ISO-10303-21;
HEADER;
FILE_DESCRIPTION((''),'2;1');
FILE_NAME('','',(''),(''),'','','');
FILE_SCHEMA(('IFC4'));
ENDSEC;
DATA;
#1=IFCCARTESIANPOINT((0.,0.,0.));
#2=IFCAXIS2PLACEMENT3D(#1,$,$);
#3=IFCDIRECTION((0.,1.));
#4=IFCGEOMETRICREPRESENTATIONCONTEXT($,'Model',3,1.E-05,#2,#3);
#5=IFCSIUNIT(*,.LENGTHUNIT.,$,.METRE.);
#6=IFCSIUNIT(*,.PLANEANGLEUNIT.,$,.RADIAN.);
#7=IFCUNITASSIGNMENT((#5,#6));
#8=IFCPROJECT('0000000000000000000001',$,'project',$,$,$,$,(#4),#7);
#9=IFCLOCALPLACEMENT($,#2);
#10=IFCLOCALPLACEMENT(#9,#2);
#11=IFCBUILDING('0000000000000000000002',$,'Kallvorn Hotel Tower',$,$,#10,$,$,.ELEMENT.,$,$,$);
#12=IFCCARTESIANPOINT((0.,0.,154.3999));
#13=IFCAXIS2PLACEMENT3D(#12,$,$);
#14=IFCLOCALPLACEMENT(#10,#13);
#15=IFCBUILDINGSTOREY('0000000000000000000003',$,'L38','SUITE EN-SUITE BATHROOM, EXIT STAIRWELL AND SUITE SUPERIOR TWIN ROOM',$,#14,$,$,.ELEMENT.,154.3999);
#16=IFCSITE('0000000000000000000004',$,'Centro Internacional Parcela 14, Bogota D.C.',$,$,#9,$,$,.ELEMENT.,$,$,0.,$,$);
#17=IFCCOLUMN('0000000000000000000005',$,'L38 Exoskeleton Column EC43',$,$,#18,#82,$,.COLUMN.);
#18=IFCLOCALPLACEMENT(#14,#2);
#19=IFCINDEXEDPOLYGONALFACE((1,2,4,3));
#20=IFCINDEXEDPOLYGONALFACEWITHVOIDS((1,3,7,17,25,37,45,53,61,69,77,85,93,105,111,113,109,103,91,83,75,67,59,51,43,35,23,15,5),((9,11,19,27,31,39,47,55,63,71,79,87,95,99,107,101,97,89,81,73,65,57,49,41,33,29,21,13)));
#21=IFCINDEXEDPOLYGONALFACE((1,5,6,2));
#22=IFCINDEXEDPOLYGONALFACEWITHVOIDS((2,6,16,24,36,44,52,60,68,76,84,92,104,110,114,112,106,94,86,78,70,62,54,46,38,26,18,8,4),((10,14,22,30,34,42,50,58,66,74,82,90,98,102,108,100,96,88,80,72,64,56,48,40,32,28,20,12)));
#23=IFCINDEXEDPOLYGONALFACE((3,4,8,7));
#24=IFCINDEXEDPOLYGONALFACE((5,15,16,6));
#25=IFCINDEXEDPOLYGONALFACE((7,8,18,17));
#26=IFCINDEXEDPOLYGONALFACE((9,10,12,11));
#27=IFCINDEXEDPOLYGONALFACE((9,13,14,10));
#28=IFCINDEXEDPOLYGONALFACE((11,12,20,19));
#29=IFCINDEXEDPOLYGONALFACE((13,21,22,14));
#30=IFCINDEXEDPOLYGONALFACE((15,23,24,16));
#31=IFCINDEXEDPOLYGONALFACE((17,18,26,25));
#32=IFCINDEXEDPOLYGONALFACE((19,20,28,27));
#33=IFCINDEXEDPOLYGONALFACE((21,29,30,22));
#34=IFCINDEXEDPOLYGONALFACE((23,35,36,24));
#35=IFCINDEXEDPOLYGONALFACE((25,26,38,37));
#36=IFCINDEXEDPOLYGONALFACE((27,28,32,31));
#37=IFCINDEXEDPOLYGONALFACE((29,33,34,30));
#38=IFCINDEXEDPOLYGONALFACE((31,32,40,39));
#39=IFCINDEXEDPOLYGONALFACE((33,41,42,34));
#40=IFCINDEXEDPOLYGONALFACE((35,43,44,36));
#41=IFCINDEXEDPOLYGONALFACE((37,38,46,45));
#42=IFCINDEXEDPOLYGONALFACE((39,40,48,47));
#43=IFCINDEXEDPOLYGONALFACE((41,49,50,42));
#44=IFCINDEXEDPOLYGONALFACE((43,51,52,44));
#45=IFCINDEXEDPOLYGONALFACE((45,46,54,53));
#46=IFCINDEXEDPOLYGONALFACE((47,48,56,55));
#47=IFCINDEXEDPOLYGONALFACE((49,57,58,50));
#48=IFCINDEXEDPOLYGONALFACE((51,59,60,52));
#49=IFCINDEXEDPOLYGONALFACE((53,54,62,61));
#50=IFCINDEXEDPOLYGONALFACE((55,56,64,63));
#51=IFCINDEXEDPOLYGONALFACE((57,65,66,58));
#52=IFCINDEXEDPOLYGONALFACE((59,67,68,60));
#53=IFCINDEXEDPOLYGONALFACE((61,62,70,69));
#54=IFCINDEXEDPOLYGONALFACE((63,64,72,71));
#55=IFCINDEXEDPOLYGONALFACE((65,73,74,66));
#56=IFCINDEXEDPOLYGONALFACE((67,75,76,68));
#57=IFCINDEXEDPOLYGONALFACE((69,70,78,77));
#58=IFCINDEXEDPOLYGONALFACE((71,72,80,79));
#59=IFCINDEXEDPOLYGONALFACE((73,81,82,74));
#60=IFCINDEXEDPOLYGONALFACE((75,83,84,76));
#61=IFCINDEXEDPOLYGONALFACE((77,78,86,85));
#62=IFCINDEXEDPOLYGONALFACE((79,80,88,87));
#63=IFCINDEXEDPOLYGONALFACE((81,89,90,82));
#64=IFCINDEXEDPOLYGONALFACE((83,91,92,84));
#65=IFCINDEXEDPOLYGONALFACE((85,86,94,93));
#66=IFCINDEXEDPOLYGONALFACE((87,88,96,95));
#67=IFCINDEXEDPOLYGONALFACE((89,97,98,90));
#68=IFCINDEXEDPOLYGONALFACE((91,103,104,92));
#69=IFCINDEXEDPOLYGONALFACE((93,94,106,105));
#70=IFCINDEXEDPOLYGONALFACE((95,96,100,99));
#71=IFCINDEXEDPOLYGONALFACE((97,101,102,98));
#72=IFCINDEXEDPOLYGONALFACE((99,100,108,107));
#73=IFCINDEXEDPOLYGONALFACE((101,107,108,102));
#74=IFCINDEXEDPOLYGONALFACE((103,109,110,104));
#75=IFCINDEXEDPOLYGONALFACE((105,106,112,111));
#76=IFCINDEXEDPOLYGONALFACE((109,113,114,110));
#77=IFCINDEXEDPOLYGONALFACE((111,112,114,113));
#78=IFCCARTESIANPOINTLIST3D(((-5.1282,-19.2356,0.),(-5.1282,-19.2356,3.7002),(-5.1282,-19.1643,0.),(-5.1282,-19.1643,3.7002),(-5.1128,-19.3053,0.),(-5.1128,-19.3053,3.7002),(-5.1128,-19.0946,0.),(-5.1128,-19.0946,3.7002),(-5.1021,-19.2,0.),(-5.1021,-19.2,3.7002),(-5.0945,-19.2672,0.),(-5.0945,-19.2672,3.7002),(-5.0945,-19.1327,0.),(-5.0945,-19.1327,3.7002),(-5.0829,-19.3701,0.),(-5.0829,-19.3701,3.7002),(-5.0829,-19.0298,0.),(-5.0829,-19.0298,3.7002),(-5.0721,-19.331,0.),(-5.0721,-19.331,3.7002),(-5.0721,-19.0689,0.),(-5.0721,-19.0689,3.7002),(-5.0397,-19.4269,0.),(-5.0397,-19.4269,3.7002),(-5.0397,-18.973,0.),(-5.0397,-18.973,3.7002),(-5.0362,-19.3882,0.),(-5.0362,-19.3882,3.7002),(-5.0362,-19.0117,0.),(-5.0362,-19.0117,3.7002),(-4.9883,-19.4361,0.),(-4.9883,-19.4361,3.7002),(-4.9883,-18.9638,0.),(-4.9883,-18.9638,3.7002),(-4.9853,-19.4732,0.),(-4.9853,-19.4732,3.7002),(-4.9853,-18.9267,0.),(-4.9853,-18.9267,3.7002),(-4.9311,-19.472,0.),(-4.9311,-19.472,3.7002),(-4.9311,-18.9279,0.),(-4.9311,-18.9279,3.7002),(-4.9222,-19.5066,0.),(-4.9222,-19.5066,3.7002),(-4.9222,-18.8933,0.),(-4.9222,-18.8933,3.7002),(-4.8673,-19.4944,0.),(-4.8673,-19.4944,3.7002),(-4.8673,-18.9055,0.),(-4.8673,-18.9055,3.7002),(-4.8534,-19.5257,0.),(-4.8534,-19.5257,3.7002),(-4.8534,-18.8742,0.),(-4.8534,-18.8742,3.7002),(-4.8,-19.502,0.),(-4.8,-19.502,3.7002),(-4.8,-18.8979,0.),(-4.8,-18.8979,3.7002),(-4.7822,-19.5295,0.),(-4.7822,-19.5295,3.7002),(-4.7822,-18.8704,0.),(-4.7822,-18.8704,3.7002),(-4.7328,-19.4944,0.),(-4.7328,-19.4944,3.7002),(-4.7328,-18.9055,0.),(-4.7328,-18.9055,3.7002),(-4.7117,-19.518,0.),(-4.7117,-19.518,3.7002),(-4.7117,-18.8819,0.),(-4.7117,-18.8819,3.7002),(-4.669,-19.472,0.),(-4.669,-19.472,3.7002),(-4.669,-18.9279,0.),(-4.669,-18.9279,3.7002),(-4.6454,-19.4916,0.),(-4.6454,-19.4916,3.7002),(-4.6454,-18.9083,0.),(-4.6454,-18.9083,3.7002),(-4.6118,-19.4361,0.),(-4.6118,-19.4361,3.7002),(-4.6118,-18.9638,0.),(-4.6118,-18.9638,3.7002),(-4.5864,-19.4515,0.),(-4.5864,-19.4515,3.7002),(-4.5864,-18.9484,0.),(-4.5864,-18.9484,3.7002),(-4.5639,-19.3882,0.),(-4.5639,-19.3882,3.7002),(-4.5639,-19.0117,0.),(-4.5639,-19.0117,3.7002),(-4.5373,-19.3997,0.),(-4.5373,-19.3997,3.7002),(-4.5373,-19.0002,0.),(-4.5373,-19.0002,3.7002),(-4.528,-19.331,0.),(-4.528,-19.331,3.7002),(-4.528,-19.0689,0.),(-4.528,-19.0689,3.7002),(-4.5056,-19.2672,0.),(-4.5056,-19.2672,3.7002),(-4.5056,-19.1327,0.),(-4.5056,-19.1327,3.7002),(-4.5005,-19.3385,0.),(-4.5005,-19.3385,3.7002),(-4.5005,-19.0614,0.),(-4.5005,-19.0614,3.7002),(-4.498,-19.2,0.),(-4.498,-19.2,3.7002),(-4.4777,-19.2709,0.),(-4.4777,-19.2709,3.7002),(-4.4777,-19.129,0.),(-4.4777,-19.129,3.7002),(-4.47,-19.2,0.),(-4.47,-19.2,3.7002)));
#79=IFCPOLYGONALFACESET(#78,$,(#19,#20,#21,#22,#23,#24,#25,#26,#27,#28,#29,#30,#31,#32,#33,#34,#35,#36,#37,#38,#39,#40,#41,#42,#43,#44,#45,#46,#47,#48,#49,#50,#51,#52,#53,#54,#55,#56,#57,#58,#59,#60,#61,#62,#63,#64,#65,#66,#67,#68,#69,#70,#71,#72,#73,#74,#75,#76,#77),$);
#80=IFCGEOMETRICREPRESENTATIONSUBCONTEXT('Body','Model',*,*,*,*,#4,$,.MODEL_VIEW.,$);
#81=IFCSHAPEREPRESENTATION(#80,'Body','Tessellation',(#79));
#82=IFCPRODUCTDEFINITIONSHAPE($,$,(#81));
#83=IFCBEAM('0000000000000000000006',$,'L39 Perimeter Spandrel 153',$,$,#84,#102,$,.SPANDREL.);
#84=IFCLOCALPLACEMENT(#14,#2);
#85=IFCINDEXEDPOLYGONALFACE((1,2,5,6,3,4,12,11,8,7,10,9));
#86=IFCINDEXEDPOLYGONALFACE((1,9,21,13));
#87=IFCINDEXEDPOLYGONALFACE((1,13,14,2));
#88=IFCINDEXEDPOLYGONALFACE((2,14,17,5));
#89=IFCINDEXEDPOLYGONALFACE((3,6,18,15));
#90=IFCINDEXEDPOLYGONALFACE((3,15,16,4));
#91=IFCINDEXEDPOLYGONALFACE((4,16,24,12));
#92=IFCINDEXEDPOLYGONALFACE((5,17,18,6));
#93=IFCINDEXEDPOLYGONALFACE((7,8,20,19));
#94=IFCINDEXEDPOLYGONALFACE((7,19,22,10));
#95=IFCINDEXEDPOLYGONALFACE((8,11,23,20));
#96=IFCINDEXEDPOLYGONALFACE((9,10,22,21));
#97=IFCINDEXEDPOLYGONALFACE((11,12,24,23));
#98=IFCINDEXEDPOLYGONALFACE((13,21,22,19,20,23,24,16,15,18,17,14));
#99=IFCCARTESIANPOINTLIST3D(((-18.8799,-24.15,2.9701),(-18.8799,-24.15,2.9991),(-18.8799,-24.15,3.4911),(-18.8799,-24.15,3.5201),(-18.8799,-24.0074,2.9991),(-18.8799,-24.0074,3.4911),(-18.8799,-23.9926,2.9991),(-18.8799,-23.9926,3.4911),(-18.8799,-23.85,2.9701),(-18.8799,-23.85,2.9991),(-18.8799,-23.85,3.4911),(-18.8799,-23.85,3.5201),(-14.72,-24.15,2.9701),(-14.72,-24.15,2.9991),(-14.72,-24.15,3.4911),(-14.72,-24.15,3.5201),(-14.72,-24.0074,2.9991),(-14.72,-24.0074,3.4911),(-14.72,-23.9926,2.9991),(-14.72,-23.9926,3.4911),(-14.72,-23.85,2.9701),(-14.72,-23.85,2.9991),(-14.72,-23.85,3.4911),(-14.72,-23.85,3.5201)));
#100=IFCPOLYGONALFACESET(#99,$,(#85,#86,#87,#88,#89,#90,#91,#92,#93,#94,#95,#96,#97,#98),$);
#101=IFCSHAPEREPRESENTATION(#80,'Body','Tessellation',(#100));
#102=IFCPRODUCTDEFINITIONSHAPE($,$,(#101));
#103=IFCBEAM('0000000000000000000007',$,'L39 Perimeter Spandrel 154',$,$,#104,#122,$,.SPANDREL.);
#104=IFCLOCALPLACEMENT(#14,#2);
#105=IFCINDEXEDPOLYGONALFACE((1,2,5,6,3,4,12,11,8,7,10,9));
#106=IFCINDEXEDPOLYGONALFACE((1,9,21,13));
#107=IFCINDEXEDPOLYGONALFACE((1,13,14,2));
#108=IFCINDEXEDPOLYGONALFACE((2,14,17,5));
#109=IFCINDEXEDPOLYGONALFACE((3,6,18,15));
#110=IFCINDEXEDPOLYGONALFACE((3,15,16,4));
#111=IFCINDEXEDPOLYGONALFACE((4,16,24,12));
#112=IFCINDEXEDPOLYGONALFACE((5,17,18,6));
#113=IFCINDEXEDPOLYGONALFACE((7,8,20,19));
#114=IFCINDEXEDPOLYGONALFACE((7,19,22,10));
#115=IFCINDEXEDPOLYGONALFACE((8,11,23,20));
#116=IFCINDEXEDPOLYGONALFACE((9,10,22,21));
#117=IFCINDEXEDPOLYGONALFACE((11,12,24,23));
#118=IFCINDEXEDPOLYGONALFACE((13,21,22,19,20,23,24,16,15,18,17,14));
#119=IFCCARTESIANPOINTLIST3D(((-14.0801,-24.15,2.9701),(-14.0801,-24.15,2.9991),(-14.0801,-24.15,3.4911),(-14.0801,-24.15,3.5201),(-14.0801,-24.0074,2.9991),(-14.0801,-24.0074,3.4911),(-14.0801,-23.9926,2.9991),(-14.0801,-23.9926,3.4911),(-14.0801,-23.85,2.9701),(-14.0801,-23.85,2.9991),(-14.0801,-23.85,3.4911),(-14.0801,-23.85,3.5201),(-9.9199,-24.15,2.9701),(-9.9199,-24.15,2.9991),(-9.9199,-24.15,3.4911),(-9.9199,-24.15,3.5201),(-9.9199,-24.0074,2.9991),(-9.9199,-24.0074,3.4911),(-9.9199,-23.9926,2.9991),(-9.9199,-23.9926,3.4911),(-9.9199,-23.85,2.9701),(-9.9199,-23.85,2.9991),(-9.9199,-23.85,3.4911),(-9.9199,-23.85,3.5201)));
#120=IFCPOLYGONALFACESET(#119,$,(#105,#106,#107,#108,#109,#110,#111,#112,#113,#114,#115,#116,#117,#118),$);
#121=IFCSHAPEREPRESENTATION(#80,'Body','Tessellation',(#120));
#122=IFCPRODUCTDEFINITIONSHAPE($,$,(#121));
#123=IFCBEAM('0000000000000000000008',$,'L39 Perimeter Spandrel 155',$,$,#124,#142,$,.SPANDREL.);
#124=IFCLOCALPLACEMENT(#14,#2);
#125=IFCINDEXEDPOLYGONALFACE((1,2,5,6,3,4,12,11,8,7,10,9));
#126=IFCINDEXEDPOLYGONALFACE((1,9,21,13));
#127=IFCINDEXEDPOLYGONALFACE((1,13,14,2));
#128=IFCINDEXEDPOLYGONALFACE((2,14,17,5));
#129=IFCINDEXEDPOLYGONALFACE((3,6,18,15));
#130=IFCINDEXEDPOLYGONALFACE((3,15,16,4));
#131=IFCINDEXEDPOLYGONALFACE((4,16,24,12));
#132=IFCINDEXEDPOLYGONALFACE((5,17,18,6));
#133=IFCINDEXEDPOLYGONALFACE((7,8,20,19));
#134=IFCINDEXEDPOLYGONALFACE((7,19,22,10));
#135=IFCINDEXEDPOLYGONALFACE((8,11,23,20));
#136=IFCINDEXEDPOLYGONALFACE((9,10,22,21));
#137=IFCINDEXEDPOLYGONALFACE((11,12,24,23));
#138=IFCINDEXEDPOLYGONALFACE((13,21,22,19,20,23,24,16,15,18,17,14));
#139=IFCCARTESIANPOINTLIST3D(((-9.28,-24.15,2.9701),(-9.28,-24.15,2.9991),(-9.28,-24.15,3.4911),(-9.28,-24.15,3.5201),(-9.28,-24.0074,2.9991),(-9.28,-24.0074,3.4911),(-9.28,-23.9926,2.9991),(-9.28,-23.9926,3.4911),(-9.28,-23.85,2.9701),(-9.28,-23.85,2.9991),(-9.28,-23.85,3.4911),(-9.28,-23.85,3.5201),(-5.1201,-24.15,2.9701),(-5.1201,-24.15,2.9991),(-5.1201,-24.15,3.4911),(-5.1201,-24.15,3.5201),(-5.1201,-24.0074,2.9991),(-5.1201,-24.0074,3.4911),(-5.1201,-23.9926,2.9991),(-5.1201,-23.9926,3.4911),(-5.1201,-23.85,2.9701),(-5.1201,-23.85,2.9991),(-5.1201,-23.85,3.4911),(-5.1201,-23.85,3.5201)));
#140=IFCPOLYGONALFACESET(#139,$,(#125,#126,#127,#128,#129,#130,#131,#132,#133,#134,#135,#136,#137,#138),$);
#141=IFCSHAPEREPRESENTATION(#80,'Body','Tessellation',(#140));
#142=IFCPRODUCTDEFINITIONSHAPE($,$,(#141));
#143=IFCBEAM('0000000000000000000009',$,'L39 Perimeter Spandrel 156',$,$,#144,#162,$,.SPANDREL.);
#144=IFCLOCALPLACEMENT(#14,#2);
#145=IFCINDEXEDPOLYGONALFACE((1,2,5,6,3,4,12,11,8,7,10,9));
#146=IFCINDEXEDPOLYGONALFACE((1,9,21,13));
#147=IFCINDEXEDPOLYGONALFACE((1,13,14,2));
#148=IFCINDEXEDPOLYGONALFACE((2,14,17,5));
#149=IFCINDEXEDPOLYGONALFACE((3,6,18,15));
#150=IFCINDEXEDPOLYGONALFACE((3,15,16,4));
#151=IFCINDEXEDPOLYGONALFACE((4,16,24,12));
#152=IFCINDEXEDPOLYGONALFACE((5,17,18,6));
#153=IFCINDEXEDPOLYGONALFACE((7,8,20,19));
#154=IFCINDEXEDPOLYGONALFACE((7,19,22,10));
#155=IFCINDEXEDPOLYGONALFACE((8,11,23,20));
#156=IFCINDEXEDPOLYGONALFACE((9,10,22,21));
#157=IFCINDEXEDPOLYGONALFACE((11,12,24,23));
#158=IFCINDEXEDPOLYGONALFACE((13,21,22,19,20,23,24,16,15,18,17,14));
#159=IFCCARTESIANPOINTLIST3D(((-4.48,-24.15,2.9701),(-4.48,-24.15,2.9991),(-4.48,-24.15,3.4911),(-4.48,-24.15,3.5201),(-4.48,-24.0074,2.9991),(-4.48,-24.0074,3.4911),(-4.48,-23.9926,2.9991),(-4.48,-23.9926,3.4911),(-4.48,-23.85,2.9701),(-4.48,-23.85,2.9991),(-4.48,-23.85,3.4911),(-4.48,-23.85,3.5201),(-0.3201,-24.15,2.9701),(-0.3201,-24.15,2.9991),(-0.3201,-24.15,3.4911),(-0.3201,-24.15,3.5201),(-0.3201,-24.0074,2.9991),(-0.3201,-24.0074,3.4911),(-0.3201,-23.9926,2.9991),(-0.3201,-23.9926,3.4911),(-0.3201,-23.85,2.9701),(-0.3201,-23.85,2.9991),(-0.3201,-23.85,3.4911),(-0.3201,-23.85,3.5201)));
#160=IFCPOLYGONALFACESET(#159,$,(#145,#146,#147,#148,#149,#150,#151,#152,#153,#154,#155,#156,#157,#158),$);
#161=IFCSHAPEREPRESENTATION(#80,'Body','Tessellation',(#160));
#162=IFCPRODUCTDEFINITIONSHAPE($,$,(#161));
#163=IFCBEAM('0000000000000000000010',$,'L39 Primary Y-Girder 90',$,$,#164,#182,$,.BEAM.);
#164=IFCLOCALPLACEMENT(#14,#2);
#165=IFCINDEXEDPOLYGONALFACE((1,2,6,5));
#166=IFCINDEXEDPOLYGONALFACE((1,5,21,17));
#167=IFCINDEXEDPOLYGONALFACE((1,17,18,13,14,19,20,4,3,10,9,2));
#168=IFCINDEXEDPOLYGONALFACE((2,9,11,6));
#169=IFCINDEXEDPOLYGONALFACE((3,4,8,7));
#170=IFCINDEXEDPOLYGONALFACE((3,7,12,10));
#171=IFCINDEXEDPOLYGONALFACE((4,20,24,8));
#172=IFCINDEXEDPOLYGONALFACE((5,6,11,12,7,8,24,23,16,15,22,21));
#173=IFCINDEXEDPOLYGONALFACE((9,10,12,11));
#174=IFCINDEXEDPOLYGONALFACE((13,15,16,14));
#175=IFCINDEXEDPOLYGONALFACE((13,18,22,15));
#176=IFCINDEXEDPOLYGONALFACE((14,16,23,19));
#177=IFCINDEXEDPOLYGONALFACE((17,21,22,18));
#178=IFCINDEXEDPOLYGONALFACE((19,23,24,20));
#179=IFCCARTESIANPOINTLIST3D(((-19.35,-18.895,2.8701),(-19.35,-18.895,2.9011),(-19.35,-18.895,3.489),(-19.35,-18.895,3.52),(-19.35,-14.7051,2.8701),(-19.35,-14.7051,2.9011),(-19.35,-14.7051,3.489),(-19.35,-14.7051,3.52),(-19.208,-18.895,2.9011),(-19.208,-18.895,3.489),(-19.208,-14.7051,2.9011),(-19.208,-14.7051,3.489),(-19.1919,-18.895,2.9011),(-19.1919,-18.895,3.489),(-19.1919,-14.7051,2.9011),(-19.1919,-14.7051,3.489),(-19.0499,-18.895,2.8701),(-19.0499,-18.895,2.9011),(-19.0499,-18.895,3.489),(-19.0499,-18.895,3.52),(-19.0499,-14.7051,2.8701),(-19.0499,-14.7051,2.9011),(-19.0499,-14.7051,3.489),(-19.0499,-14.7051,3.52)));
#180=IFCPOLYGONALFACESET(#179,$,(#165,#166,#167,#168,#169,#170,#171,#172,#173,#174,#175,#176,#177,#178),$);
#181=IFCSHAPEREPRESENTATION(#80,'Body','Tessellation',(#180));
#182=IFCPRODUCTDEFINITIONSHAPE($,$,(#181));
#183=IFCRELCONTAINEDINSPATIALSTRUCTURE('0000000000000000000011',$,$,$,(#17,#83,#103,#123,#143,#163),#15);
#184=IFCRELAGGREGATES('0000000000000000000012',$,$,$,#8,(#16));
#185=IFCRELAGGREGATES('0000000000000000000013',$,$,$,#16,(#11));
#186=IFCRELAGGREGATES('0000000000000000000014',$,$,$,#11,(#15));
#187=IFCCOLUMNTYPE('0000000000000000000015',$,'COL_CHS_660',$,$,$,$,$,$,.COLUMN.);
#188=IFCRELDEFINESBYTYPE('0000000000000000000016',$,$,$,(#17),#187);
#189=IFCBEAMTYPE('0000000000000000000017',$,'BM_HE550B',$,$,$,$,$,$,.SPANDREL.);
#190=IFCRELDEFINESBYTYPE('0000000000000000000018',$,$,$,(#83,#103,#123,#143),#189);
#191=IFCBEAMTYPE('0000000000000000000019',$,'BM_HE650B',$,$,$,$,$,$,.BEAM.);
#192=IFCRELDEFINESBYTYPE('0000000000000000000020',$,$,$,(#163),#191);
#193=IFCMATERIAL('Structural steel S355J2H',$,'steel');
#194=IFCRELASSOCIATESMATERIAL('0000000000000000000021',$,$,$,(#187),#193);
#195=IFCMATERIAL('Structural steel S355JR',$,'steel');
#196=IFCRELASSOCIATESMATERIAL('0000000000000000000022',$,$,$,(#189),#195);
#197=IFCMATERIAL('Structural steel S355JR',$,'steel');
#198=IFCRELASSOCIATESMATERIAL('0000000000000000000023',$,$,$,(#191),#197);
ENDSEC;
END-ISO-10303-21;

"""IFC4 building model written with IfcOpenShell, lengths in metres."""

from ifc_helpers import new_model, si_unit, direction, frame, origin, origin_2d, place, context, subcontext, project, spatial, hollow_circle, i_section, extrude, material, material_profile, profile_set, type_object, element, save


model = new_model("IFC4")

# Units and contexts
model_context = context("Model", 3, precision=1e-05, world=origin(), true_north=direction((0.0, 1.0)))
body_context = subcontext(model_context, "Body", "Model", "MODEL_VIEW")
ifc_project = project(units=[si_unit("LENGTHUNIT", "METRE"), si_unit("PLANEANGLEUNIT", "RADIAN")], contexts=[model_context])

# Site, building, storey
site_placement = place(None, origin())
site = spatial("IfcSite", under=ifc_project, at=site_placement, Name="Centro Internacional Parcela 14, Bogota D.C.", CompositionType="ELEMENT", RefElevation=0.0)
building_placement = place(site_placement, origin())
building = spatial("IfcBuilding", under=site, at=building_placement, Name="Kallvorn Hotel Tower", CompositionType="ELEMENT")
storey_placement = place(building_placement, frame((0.0, 0.0, 154.3999)))
storey = spatial("IfcBuildingStorey", under=building, at=storey_placement, Name="L38", Description="SUITE EN-SUITE BATHROOM, EXIT STAIRWELL AND SUITE SUPERIOR TWIN ROOM", CompositionType="ELEMENT", Elevation=154.3999)

# Column
ifc_material_1 = material(Name="Structural steel S355J2H", Category="steel")
ifc_material_profile_1 = material_profile(ifc_material_1, hollow_circle(Radius=0.3301, WallThickness=0.0281, at=origin_2d()), Name="CHS 660x28")
ifc_profile_set_1 = profile_set([ifc_material_profile_1], Name="Structural steel S355J2H")
column_type = type_object("IfcColumnType", Name="COL_CHS_660", PredefinedType="COLUMN", material=ifc_profile_set_1)
column_1_placement = place(storey_placement, frame((-4.8, -19.2, 0.0), z_axis=(0.0, 0.0, 1.0), x_axis=(1.0, 0.0, 0.0)))
element("IfcColumn", 1, at=column_1_placement, inside=storey, type_object=column_type, Name="L38 Exoskeleton Column EC43", PredefinedType="COLUMN", context=body_context, shape_type="SweptSolid", body=[
    extrude(hollow_circle(Radius=0.3301, WallThickness=0.0281, at=origin_2d()), origin(), (0.0, 0.0, 1.0), 3.7002),
])

# Beams
ifc_material_2 = material(Name="Structural steel S355JR", Category="steel")
ifc_material_profile_2 = material_profile(ifc_material_2, i_section(OverallWidth=0.3, OverallDepth=0.55, WebThickness=0.0149, FlangeThickness=0.0291, at=origin_2d()), Name="HE 550 B")
ifc_profile_set_2 = profile_set([ifc_material_profile_2], Name="Structural steel S355JR")
beam_type_1 = type_object("IfcBeamType", Name="BM_HE550B", PredefinedType="SPANDREL", material=ifc_profile_set_2)
beam_1_placement = place(storey_placement, frame((-18.8799, -24.0, 3.2451), z_axis=(1.0, 0.0, 0.0), x_axis=(0.0, 1.0, 0.0)))
element("IfcBeam", 2, at=beam_1_placement, inside=storey, type_object=beam_type_1, Name="L39 Perimeter Spandrel 153", PredefinedType="SPANDREL", context=body_context, shape_type="SweptSolid", body=[
    extrude(i_section(OverallWidth=0.3, OverallDepth=0.55, WebThickness=0.0149, FlangeThickness=0.0291, at=origin_2d()), origin(), (0.0, 0.0, 1.0), 4.1599),
])
beam_2_placement = place(storey_placement, frame((-14.0801, -24.0, 3.2451), z_axis=(1.0, 0.0, 0.0), x_axis=(0.0, 1.0, 0.0)))
element("IfcBeam", 3, at=beam_2_placement, inside=storey, type_object=beam_type_1, Name="L39 Perimeter Spandrel 154", PredefinedType="SPANDREL", context=body_context, shape_type="SweptSolid", body=[
    extrude(i_section(OverallWidth=0.3, OverallDepth=0.55, WebThickness=0.0149, FlangeThickness=0.0291, at=origin_2d()), origin(), (0.0, 0.0, 1.0), 4.1602),
])
for number, where, z_axis, x_axis, name in (
    (4, (-9.28, -24.0, 3.2451), (1.0, 0.0, 0.0), (0.0, 1.0, 0.0), "L39 Perimeter Spandrel 155"),
    (5, (-4.48, -24.0, 3.2451), (1.0, 0.0, 0.0), (0.0, 1.0, 0.0), "L39 Perimeter Spandrel 156"),
):
    element("IfcBeam", number, at=place(storey_placement, frame(where, z_axis=z_axis, x_axis=x_axis)), inside=storey, type_object=beam_type_1, Name=name, PredefinedType="SPANDREL", context=body_context, shape_type="SweptSolid", body=[
        extrude(i_section(OverallWidth=0.3, OverallDepth=0.55, WebThickness=0.0149, FlangeThickness=0.0291, at=origin_2d()), origin(), (0.0, 0.0, 1.0), 4.1599),
    ])
ifc_material_3 = material(Name="Structural steel S355JR", Category="steel")
ifc_material_profile_3 = material_profile(ifc_material_3, i_section(OverallWidth=0.3, OverallDepth=0.6499, WebThickness=0.0161, FlangeThickness=0.031, at=origin_2d()), Name="HE 650 B")
ifc_profile_set_3 = profile_set([ifc_material_profile_3], Name="Structural steel S355JR")
beam_type_2 = type_object("IfcBeamType", Name="BM_HE650B", PredefinedType="BEAM", material=ifc_profile_set_3)
beam_3_placement = place(storey_placement, frame((-19.2, -18.895, 3.1951), z_axis=(0.0, 1.0, 0.0), x_axis=(-1.0, 0.0, 0.0)))
element("IfcBeam", 6, at=beam_3_placement, inside=storey, type_object=beam_type_2, Name="L39 Primary Y-Girder 90", PredefinedType="BEAM", context=body_context, shape_type="SweptSolid", body=[
    extrude(i_section(OverallWidth=0.3, OverallDepth=0.6499, WebThickness=0.0161, FlangeThickness=0.031, at=origin_2d()), origin(), (0.0, 0.0, 1.0), 4.1899),
])

save(model, "model.ifc")
